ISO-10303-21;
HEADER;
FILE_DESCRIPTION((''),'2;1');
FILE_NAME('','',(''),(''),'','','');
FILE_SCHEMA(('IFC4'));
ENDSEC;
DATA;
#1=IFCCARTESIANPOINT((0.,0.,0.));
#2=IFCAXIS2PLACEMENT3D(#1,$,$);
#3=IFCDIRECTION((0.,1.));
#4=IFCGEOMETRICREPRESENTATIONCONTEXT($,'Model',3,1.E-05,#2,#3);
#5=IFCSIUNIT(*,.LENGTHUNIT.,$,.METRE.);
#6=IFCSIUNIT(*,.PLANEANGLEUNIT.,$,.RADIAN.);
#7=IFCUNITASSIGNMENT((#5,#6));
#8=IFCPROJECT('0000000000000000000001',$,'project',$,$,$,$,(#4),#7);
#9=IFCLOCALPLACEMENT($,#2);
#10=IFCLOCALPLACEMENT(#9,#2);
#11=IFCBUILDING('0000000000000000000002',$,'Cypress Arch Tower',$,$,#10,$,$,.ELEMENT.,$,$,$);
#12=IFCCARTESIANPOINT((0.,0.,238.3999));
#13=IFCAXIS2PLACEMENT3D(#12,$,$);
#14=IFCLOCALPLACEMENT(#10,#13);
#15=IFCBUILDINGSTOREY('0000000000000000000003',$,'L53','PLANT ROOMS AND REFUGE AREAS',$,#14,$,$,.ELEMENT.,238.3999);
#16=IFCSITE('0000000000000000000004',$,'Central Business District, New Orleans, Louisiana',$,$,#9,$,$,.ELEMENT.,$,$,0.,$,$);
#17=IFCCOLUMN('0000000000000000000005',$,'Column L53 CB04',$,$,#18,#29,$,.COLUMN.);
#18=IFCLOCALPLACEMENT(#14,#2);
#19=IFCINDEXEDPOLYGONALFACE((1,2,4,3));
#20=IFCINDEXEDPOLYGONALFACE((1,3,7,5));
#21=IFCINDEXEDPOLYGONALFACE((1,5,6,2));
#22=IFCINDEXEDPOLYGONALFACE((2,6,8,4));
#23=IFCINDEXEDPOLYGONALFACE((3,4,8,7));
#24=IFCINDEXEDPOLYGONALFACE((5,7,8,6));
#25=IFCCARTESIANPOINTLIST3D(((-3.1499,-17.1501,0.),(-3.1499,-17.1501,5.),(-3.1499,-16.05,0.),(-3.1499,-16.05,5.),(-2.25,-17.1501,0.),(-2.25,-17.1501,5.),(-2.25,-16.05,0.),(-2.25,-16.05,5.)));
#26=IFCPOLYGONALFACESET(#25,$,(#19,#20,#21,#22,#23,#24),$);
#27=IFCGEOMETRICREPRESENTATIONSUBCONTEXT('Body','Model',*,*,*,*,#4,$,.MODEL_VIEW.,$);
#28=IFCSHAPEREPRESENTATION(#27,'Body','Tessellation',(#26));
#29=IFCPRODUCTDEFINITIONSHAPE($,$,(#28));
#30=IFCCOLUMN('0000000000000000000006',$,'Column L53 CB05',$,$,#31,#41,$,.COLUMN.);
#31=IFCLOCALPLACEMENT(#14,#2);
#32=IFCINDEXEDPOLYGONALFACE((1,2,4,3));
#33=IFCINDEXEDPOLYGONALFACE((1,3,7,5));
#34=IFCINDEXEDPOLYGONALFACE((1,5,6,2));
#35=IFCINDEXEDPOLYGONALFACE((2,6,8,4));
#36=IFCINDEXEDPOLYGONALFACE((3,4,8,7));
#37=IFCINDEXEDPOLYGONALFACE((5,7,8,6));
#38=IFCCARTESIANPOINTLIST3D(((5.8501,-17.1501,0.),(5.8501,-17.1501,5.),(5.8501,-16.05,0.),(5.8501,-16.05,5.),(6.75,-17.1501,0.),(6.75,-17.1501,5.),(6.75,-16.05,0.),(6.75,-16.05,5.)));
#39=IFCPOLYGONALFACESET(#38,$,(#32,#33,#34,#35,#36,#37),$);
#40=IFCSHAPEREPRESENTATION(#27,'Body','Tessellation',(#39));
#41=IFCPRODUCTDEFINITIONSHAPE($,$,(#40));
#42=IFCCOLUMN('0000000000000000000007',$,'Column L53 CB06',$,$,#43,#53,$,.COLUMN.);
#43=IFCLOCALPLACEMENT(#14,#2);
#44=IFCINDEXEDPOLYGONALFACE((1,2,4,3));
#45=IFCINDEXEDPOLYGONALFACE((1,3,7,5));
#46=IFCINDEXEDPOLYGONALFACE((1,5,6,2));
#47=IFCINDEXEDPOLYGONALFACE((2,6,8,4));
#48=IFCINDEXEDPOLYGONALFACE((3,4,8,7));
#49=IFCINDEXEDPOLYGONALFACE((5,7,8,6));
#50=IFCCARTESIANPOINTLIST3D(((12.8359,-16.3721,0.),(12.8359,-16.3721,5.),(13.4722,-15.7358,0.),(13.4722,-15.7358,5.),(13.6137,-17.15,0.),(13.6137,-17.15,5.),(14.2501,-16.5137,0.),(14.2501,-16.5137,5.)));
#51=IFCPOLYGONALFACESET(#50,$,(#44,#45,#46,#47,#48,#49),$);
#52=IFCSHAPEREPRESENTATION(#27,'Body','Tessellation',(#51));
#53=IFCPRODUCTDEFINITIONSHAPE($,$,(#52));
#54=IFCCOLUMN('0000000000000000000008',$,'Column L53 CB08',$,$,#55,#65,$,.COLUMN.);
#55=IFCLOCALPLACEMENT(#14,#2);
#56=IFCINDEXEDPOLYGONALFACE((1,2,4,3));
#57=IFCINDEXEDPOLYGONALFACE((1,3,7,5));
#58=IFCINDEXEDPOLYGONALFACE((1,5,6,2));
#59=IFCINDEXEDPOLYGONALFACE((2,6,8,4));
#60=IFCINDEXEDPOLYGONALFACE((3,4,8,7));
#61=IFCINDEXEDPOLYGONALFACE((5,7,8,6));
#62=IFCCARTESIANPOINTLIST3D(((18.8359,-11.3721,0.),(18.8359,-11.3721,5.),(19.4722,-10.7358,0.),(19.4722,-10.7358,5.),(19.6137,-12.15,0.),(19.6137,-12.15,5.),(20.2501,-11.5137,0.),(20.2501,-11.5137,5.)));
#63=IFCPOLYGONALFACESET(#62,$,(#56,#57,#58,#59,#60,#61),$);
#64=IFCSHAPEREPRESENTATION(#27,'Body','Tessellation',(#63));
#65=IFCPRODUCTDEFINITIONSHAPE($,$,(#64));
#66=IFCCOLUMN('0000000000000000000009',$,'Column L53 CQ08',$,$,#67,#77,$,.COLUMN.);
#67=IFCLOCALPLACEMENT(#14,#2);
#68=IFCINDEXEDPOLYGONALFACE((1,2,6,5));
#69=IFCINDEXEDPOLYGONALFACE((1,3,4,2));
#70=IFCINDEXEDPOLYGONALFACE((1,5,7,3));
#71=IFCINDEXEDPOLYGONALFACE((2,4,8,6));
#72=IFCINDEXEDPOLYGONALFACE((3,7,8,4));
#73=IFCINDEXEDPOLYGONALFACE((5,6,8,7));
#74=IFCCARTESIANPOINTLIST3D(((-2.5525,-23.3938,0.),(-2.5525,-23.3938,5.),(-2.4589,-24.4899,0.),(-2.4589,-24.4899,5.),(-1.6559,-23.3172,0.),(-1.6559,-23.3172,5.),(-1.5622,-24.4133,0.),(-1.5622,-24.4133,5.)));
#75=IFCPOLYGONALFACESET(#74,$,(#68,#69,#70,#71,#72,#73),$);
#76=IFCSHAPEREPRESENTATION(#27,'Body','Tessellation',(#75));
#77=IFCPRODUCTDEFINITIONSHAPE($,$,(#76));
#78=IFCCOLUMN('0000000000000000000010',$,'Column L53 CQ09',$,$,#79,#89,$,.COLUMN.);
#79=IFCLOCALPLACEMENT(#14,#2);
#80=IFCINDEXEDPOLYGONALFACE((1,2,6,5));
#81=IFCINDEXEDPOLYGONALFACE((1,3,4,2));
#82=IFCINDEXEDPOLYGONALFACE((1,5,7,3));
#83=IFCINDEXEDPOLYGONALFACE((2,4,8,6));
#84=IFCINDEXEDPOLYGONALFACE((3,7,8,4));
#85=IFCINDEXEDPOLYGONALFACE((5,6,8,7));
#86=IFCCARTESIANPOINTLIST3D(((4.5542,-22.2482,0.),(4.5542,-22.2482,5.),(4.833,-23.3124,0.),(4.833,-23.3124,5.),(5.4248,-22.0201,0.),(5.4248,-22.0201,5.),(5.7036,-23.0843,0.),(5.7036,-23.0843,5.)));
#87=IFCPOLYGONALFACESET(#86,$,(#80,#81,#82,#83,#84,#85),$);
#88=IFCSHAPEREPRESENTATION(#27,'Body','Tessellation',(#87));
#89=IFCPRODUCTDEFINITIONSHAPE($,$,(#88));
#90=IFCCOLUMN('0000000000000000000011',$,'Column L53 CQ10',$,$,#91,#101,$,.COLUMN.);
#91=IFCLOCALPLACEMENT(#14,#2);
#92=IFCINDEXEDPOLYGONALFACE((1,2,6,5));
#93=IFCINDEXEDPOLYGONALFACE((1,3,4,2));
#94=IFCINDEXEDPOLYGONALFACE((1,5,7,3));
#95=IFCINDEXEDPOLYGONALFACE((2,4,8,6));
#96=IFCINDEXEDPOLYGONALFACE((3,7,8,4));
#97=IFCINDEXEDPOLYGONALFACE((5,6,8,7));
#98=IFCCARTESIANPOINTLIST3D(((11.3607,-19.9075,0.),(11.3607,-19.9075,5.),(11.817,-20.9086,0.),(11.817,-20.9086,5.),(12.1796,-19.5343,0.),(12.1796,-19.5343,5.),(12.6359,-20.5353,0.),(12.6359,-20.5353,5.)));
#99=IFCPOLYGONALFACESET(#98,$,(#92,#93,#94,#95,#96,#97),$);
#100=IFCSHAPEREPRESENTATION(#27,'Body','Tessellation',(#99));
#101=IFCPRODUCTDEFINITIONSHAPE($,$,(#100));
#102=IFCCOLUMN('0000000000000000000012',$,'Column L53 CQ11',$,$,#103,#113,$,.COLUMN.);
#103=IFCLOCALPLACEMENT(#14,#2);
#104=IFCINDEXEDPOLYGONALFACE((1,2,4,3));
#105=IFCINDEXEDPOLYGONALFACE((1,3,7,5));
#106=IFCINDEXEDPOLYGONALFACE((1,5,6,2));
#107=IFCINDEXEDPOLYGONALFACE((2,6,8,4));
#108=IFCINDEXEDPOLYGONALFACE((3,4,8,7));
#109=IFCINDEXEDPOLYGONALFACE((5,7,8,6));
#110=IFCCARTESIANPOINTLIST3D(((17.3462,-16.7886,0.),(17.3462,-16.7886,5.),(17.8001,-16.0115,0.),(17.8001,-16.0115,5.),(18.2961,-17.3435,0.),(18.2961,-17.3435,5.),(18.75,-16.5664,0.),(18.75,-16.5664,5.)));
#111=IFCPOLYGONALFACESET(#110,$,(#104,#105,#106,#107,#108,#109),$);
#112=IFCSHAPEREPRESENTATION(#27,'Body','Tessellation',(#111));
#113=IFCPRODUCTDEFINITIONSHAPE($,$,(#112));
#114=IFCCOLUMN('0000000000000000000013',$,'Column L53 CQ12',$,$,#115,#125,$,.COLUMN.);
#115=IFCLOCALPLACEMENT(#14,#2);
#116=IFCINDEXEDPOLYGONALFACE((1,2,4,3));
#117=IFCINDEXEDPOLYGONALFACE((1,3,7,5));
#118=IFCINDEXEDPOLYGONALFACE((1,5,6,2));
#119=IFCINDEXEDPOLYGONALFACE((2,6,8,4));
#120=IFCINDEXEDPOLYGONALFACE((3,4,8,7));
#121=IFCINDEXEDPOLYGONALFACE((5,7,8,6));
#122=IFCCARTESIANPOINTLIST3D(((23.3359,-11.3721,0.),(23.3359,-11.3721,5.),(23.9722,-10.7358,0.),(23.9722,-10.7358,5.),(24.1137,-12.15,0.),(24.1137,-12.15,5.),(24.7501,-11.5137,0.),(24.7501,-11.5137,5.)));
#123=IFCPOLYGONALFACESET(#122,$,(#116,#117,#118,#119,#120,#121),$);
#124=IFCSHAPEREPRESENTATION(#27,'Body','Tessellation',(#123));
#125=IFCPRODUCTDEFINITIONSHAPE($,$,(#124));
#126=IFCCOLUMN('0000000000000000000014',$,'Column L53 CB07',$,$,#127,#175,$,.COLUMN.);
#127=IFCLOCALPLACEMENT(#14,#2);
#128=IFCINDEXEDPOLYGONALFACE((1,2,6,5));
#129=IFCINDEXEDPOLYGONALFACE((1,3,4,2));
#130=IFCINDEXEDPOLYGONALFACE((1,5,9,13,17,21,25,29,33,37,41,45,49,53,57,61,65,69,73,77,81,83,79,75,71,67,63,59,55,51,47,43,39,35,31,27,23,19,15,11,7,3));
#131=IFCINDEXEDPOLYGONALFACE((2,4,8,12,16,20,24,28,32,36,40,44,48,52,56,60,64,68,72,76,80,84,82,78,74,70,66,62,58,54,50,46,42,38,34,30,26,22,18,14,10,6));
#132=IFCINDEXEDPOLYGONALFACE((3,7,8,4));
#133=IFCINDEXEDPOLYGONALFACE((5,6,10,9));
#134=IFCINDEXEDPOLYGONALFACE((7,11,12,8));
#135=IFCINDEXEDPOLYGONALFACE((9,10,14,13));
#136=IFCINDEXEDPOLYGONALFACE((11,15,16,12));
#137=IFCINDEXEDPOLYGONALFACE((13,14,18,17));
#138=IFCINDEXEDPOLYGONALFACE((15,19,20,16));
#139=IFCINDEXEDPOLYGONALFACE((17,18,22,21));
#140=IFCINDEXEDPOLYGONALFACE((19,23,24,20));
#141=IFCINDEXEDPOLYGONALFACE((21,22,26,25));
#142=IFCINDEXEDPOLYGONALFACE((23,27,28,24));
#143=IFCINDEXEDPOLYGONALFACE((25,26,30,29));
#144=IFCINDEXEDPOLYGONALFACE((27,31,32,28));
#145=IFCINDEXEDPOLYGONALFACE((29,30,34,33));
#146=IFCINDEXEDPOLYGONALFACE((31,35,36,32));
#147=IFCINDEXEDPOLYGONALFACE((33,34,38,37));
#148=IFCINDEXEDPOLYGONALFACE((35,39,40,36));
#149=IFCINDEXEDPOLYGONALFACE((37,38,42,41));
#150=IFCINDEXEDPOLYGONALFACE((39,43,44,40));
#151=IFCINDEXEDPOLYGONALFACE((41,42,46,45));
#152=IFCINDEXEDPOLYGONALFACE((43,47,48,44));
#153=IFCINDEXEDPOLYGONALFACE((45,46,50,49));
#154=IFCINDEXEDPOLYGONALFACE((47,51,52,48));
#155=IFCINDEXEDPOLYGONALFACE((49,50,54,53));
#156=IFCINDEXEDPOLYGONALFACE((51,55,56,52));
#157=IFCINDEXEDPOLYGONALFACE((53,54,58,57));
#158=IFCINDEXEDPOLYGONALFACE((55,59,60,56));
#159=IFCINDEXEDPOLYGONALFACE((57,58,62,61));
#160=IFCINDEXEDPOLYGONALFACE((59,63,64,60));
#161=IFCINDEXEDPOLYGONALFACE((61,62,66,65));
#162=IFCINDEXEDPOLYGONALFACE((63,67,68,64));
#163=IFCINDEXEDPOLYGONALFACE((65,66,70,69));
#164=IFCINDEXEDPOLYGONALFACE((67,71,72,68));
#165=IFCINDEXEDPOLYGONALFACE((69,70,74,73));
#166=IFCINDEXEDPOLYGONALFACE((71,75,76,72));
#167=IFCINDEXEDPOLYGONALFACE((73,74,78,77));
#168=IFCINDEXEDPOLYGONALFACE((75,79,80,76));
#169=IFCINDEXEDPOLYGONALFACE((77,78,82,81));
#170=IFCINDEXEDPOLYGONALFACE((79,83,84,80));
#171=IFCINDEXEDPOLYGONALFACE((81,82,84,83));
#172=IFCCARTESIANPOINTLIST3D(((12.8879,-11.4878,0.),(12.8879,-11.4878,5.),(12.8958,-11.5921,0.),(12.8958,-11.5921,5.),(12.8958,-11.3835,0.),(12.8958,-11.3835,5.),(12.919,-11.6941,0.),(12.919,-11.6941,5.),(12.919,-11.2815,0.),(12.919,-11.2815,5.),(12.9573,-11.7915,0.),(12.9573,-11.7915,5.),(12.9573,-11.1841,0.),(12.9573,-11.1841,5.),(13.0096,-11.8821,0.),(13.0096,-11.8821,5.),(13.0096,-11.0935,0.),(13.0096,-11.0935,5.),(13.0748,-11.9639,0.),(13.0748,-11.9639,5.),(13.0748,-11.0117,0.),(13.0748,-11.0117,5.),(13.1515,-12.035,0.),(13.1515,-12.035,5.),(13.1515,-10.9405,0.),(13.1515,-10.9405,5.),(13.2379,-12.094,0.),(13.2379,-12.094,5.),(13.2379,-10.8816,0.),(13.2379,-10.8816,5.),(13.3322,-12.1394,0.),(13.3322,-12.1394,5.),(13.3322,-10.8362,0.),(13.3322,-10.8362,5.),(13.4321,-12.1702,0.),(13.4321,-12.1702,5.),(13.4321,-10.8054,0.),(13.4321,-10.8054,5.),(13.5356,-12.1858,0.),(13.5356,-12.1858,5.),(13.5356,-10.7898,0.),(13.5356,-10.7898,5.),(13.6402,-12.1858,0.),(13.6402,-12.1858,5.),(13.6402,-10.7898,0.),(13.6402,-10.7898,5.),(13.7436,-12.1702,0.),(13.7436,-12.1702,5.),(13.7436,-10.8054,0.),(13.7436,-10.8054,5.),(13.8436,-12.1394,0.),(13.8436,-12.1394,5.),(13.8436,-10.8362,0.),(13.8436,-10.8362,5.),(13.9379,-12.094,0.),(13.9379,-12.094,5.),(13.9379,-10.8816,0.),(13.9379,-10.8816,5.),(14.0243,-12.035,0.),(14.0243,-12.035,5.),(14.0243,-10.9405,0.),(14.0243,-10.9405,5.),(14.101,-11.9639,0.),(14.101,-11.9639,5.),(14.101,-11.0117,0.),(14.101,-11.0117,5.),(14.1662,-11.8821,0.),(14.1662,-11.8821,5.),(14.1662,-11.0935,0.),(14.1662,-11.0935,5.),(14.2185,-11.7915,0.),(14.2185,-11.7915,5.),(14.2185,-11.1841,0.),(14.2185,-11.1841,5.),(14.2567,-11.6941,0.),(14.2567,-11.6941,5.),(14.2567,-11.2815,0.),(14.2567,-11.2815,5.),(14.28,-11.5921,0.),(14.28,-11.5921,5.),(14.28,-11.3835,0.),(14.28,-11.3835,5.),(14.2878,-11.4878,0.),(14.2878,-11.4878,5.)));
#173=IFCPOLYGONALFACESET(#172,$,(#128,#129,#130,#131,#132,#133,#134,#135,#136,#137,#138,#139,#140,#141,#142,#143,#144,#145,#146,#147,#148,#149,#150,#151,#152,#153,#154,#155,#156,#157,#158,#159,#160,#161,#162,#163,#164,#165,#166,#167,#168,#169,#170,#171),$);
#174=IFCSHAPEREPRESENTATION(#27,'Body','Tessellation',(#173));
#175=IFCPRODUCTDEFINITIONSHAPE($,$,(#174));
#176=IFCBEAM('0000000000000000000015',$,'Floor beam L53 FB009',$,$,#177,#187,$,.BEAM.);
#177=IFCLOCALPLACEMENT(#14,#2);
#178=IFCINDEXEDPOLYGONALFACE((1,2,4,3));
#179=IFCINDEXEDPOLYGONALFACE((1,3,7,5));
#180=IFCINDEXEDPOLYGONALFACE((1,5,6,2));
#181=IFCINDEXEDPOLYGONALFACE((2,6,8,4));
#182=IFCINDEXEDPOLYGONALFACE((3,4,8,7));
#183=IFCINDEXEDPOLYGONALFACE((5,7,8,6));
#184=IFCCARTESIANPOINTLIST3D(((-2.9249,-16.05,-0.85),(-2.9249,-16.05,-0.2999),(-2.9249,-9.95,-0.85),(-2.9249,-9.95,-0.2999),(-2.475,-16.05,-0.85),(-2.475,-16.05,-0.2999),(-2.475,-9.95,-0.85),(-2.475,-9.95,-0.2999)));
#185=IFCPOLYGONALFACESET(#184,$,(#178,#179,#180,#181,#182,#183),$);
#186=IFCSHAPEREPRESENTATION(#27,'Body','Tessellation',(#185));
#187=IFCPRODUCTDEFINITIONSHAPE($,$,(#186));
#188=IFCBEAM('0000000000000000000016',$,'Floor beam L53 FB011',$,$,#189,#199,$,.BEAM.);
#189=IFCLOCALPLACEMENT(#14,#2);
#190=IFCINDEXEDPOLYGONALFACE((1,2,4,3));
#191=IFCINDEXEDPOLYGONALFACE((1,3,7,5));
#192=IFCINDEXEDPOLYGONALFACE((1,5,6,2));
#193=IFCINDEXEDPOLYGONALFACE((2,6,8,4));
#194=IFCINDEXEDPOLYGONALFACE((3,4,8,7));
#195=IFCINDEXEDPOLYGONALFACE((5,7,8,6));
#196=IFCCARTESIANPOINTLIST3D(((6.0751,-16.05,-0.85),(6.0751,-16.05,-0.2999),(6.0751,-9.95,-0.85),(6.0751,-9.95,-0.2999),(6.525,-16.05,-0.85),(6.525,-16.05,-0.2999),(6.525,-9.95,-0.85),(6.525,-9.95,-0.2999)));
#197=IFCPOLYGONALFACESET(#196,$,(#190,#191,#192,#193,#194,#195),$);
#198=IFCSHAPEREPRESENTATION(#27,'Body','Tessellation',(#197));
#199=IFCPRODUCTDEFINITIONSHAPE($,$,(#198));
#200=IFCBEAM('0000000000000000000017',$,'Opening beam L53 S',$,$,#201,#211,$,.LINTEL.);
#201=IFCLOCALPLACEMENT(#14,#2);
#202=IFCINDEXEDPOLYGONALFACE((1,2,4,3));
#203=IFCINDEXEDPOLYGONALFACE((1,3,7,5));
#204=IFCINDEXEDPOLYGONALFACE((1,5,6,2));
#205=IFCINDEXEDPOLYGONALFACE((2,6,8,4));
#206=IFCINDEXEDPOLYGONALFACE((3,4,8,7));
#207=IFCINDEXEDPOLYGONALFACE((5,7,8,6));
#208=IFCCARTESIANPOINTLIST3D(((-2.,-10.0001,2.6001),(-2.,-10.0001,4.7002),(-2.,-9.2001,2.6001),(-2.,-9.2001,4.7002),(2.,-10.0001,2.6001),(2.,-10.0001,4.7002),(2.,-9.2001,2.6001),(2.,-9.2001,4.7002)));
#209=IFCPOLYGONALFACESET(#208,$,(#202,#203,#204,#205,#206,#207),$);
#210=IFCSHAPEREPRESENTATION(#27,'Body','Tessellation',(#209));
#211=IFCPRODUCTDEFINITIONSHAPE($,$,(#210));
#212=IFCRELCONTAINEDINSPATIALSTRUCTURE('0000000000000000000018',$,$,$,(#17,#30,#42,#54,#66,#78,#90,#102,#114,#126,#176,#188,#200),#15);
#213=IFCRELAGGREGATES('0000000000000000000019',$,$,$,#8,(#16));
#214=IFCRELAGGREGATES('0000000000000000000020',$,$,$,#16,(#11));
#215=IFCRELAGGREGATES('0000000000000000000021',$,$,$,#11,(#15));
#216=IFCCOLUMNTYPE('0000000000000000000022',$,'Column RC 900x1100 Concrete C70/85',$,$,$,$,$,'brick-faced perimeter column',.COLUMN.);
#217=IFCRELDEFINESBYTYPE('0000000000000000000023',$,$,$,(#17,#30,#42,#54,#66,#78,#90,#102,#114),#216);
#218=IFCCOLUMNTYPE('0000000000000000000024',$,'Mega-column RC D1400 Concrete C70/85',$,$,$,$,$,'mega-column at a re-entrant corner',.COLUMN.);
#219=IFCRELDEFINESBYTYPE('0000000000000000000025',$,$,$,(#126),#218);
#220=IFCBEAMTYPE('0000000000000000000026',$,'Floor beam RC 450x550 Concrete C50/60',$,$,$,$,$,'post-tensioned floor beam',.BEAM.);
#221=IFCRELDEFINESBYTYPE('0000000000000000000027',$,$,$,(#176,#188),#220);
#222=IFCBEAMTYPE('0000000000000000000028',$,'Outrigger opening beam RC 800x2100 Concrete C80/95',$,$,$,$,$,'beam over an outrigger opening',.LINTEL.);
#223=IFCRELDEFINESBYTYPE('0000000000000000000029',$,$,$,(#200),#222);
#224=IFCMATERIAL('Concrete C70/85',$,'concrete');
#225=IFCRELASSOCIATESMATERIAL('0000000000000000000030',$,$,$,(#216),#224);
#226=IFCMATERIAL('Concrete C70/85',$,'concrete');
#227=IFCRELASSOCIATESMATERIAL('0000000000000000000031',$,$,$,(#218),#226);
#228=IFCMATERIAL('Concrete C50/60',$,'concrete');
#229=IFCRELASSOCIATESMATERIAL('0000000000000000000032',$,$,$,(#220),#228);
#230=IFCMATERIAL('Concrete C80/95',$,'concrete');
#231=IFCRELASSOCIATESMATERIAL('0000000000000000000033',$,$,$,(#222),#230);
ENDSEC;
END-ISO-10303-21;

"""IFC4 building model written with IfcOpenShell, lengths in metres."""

from ifc_helpers import new_model, si_unit, direction, frame, origin, origin_2d, place, context, subcontext, project, spatial, rectangle, circle, extrude, material, material_profile, profile_set, type_object, element, save


model = new_model("IFC4")

# Units and contexts
model_context = context("Model", 3, precision=1e-05, world=origin(), true_north=direction((0.0, 1.0)))
body_context = subcontext(model_context, "Body", "Model", "MODEL_VIEW")
ifc_project = project(units=[si_unit("LENGTHUNIT", "METRE"), si_unit("PLANEANGLEUNIT", "RADIAN")], contexts=[model_context])

# Site, building, storey
site_placement = place(None, origin())
site = spatial("IfcSite", under=ifc_project, at=site_placement, Name="Central Business District, New Orleans, Louisiana", CompositionType="ELEMENT", RefElevation=0.0)
building_placement = place(site_placement, origin())
building = spatial("IfcBuilding", under=site, at=building_placement, Name="Cypress Arch Tower", CompositionType="ELEMENT")
storey_placement = place(building_placement, frame((0.0, 0.0, 238.3999)))
storey = spatial("IfcBuildingStorey", under=building, at=storey_placement, Name="L53", Description="PLANT ROOMS AND REFUGE AREAS", CompositionType="ELEMENT", Elevation=238.3999)

# Columns
ifc_material_1 = material(Name="Concrete C70/85", Category="concrete")
ifc_material_profile_1 = material_profile(ifc_material_1, rectangle(XDim=0.8999, YDim=1.1001, at=origin_2d()), Name="RC 900x1100")
ifc_profile_set_1 = profile_set([ifc_material_profile_1], Name="Concrete C70/85")
column_type_1 = type_object("IfcColumnType", Name="Column RC 900x1100 Concrete C70/85", ElementType="brick-faced perimeter column", PredefinedType="COLUMN", material=ifc_profile_set_1)
for number, where, z_axis, x_axis, name in (
    (1, (-2.7, -16.6001, 0.0), (0.0, 0.0, 1.0), (1.0, 0.0, 0.0), "Column L53 CB04"),
    (2, (6.3, -16.6001, 0.0), (0.0, 0.0, 1.0), (1.0, 0.0, 0.0), "Column L53 CB05"),
    (3, (13.543, -16.4429, 0.0), (0.0, 0.0, 1.0), (0.707107, 0.707107, 0.0), "Column L53 CB06"),
    (4, (19.543, -11.4429, 0.0), (0.0, 0.0, 1.0), (0.707107, 0.707107, 0.0), "Column L53 CB08"),
    (5, (-2.0574, -23.9036, 0.0), (0.0, 0.0, 1.0), (0.996368, 0.085149, 0.0), "Column L53 CQ08"),
    (6, (5.1289, -22.6663, 0.0), (0.0, 0.0, 1.0), (0.967356, 0.253422, 0.0), "Column L53 CQ09"),
    (7, (11.9983, -20.2214, 0.0), (0.0, 0.0, 1.0), (0.909932, 0.414757, 0.0), "Column L53 CQ10"),
    (8, (18.0481, -16.6775, 0.0), (0.0, 0.0, 1.0), (0.504399, 0.863471, 0.0), "Column L53 CQ11"),
    (9, (24.043, -11.4429, 0.0), (0.0, 0.0, 1.0), (0.707107, 0.707107, 0.0), "Column L53 CQ12"),
):
    element("IfcColumn", number, at=place(storey_placement, frame(where, z_axis=z_axis, x_axis=x_axis)), inside=storey, type_object=column_type_1, Name=name, PredefinedType="COLUMN", context=body_context, shape_type="SweptSolid", body=[
        extrude(rectangle(XDim=0.8999, YDim=1.1001, at=origin_2d()), origin(), (0.0, 0.0, 1.0), 5.0),
    ])
ifc_material_2 = material(Name="Concrete C70/85", Category="concrete")
ifc_material_profile_2 = material_profile(ifc_material_2, circle(Radius=0.7, at=origin_2d()), Name="RC D1400")
ifc_profile_set_2 = profile_set([ifc_material_profile_2], Name="Concrete C70/85")
column_type_2 = type_object("IfcColumnType", Name="Mega-column RC D1400 Concrete C70/85", ElementType="mega-column at a re-entrant corner", PredefinedType="COLUMN", material=ifc_profile_set_2)
column_placement = place(storey_placement, frame((13.5879, -11.4878, 0.0), z_axis=(0.0, 0.0, 1.0), x_axis=(1.0, 0.0, 0.0)))
element("IfcColumn", 10, at=column_placement, inside=storey, type_object=column_type_2, Name="Column L53 CB07", PredefinedType="COLUMN", context=body_context, shape_type="SweptSolid", body=[
    extrude(circle(Radius=0.7, at=origin_2d()), origin(), (0.0, 0.0, 1.0), 5.0),
])

# Beams
ifc_material_3 = material(Name="Concrete C50/60", Category="concrete")
ifc_material_profile_3 = material_profile(ifc_material_3, rectangle(XDim=0.45, YDim=0.55, at=origin_2d()), Name="RC 450x550")
ifc_profile_set_3 = profile_set([ifc_material_profile_3], Name="Concrete C50/60")
beam_type_1 = type_object("IfcBeamType", Name="Floor beam RC 450x550 Concrete C50/60", ElementType="post-tensioned floor beam", PredefinedType="BEAM", material=ifc_profile_set_3)
for number, where, z_axis, x_axis, name in (
    (11, (-2.7, -16.05, -0.575), (0.0, 1.0, 0.0), (-1.0, 0.0, 0.0), "Floor beam L53 FB009"),
    (12, (6.3, -16.05, -0.575), (0.0, 1.0, 0.0), (-1.0, 0.0, 0.0), "Floor beam L53 FB011"),
):
    element("IfcBeam", number, at=place(storey_placement, frame(where, z_axis=z_axis, x_axis=x_axis)), inside=storey, type_object=beam_type_1, Name=name, PredefinedType="BEAM", context=body_context, shape_type="SweptSolid", body=[
        extrude(rectangle(XDim=0.45, YDim=0.55, at=origin_2d()), origin(), (0.0, 0.0, 1.0), 6.1001),
    ])
ifc_material_4 = material(Name="Concrete C80/95", Category="concrete")
ifc_material_profile_4 = material_profile(ifc_material_4, rectangle(XDim=0.8, YDim=2.1001, at=origin_2d()), Name="RC 800x2100")
ifc_profile_set_4 = profile_set([ifc_material_profile_4], Name="Concrete C80/95")
beam_type_2 = type_object("IfcBeamType", Name="Outrigger opening beam RC 800x2100 Concrete C80/95", ElementType="beam over an outrigger opening", PredefinedType="LINTEL", material=ifc_profile_set_4)
beam_1_placement = place(storey_placement, frame((-2.0, -9.6001, 3.6501), z_axis=(1.0, 0.0, 0.0), x_axis=(0.0, 1.0, 0.0)))
element("IfcBeam", 13, at=beam_1_placement, inside=storey, type_object=beam_type_2, Name="Opening beam L53 S", PredefinedType="LINTEL", context=body_context, shape_type="SweptSolid", body=[
    extrude(rectangle(XDim=0.8, YDim=2.1001, at=origin_2d()), origin(), (0.0, 0.0, 1.0), 4.0),
])

save(model, "model.ifc")
